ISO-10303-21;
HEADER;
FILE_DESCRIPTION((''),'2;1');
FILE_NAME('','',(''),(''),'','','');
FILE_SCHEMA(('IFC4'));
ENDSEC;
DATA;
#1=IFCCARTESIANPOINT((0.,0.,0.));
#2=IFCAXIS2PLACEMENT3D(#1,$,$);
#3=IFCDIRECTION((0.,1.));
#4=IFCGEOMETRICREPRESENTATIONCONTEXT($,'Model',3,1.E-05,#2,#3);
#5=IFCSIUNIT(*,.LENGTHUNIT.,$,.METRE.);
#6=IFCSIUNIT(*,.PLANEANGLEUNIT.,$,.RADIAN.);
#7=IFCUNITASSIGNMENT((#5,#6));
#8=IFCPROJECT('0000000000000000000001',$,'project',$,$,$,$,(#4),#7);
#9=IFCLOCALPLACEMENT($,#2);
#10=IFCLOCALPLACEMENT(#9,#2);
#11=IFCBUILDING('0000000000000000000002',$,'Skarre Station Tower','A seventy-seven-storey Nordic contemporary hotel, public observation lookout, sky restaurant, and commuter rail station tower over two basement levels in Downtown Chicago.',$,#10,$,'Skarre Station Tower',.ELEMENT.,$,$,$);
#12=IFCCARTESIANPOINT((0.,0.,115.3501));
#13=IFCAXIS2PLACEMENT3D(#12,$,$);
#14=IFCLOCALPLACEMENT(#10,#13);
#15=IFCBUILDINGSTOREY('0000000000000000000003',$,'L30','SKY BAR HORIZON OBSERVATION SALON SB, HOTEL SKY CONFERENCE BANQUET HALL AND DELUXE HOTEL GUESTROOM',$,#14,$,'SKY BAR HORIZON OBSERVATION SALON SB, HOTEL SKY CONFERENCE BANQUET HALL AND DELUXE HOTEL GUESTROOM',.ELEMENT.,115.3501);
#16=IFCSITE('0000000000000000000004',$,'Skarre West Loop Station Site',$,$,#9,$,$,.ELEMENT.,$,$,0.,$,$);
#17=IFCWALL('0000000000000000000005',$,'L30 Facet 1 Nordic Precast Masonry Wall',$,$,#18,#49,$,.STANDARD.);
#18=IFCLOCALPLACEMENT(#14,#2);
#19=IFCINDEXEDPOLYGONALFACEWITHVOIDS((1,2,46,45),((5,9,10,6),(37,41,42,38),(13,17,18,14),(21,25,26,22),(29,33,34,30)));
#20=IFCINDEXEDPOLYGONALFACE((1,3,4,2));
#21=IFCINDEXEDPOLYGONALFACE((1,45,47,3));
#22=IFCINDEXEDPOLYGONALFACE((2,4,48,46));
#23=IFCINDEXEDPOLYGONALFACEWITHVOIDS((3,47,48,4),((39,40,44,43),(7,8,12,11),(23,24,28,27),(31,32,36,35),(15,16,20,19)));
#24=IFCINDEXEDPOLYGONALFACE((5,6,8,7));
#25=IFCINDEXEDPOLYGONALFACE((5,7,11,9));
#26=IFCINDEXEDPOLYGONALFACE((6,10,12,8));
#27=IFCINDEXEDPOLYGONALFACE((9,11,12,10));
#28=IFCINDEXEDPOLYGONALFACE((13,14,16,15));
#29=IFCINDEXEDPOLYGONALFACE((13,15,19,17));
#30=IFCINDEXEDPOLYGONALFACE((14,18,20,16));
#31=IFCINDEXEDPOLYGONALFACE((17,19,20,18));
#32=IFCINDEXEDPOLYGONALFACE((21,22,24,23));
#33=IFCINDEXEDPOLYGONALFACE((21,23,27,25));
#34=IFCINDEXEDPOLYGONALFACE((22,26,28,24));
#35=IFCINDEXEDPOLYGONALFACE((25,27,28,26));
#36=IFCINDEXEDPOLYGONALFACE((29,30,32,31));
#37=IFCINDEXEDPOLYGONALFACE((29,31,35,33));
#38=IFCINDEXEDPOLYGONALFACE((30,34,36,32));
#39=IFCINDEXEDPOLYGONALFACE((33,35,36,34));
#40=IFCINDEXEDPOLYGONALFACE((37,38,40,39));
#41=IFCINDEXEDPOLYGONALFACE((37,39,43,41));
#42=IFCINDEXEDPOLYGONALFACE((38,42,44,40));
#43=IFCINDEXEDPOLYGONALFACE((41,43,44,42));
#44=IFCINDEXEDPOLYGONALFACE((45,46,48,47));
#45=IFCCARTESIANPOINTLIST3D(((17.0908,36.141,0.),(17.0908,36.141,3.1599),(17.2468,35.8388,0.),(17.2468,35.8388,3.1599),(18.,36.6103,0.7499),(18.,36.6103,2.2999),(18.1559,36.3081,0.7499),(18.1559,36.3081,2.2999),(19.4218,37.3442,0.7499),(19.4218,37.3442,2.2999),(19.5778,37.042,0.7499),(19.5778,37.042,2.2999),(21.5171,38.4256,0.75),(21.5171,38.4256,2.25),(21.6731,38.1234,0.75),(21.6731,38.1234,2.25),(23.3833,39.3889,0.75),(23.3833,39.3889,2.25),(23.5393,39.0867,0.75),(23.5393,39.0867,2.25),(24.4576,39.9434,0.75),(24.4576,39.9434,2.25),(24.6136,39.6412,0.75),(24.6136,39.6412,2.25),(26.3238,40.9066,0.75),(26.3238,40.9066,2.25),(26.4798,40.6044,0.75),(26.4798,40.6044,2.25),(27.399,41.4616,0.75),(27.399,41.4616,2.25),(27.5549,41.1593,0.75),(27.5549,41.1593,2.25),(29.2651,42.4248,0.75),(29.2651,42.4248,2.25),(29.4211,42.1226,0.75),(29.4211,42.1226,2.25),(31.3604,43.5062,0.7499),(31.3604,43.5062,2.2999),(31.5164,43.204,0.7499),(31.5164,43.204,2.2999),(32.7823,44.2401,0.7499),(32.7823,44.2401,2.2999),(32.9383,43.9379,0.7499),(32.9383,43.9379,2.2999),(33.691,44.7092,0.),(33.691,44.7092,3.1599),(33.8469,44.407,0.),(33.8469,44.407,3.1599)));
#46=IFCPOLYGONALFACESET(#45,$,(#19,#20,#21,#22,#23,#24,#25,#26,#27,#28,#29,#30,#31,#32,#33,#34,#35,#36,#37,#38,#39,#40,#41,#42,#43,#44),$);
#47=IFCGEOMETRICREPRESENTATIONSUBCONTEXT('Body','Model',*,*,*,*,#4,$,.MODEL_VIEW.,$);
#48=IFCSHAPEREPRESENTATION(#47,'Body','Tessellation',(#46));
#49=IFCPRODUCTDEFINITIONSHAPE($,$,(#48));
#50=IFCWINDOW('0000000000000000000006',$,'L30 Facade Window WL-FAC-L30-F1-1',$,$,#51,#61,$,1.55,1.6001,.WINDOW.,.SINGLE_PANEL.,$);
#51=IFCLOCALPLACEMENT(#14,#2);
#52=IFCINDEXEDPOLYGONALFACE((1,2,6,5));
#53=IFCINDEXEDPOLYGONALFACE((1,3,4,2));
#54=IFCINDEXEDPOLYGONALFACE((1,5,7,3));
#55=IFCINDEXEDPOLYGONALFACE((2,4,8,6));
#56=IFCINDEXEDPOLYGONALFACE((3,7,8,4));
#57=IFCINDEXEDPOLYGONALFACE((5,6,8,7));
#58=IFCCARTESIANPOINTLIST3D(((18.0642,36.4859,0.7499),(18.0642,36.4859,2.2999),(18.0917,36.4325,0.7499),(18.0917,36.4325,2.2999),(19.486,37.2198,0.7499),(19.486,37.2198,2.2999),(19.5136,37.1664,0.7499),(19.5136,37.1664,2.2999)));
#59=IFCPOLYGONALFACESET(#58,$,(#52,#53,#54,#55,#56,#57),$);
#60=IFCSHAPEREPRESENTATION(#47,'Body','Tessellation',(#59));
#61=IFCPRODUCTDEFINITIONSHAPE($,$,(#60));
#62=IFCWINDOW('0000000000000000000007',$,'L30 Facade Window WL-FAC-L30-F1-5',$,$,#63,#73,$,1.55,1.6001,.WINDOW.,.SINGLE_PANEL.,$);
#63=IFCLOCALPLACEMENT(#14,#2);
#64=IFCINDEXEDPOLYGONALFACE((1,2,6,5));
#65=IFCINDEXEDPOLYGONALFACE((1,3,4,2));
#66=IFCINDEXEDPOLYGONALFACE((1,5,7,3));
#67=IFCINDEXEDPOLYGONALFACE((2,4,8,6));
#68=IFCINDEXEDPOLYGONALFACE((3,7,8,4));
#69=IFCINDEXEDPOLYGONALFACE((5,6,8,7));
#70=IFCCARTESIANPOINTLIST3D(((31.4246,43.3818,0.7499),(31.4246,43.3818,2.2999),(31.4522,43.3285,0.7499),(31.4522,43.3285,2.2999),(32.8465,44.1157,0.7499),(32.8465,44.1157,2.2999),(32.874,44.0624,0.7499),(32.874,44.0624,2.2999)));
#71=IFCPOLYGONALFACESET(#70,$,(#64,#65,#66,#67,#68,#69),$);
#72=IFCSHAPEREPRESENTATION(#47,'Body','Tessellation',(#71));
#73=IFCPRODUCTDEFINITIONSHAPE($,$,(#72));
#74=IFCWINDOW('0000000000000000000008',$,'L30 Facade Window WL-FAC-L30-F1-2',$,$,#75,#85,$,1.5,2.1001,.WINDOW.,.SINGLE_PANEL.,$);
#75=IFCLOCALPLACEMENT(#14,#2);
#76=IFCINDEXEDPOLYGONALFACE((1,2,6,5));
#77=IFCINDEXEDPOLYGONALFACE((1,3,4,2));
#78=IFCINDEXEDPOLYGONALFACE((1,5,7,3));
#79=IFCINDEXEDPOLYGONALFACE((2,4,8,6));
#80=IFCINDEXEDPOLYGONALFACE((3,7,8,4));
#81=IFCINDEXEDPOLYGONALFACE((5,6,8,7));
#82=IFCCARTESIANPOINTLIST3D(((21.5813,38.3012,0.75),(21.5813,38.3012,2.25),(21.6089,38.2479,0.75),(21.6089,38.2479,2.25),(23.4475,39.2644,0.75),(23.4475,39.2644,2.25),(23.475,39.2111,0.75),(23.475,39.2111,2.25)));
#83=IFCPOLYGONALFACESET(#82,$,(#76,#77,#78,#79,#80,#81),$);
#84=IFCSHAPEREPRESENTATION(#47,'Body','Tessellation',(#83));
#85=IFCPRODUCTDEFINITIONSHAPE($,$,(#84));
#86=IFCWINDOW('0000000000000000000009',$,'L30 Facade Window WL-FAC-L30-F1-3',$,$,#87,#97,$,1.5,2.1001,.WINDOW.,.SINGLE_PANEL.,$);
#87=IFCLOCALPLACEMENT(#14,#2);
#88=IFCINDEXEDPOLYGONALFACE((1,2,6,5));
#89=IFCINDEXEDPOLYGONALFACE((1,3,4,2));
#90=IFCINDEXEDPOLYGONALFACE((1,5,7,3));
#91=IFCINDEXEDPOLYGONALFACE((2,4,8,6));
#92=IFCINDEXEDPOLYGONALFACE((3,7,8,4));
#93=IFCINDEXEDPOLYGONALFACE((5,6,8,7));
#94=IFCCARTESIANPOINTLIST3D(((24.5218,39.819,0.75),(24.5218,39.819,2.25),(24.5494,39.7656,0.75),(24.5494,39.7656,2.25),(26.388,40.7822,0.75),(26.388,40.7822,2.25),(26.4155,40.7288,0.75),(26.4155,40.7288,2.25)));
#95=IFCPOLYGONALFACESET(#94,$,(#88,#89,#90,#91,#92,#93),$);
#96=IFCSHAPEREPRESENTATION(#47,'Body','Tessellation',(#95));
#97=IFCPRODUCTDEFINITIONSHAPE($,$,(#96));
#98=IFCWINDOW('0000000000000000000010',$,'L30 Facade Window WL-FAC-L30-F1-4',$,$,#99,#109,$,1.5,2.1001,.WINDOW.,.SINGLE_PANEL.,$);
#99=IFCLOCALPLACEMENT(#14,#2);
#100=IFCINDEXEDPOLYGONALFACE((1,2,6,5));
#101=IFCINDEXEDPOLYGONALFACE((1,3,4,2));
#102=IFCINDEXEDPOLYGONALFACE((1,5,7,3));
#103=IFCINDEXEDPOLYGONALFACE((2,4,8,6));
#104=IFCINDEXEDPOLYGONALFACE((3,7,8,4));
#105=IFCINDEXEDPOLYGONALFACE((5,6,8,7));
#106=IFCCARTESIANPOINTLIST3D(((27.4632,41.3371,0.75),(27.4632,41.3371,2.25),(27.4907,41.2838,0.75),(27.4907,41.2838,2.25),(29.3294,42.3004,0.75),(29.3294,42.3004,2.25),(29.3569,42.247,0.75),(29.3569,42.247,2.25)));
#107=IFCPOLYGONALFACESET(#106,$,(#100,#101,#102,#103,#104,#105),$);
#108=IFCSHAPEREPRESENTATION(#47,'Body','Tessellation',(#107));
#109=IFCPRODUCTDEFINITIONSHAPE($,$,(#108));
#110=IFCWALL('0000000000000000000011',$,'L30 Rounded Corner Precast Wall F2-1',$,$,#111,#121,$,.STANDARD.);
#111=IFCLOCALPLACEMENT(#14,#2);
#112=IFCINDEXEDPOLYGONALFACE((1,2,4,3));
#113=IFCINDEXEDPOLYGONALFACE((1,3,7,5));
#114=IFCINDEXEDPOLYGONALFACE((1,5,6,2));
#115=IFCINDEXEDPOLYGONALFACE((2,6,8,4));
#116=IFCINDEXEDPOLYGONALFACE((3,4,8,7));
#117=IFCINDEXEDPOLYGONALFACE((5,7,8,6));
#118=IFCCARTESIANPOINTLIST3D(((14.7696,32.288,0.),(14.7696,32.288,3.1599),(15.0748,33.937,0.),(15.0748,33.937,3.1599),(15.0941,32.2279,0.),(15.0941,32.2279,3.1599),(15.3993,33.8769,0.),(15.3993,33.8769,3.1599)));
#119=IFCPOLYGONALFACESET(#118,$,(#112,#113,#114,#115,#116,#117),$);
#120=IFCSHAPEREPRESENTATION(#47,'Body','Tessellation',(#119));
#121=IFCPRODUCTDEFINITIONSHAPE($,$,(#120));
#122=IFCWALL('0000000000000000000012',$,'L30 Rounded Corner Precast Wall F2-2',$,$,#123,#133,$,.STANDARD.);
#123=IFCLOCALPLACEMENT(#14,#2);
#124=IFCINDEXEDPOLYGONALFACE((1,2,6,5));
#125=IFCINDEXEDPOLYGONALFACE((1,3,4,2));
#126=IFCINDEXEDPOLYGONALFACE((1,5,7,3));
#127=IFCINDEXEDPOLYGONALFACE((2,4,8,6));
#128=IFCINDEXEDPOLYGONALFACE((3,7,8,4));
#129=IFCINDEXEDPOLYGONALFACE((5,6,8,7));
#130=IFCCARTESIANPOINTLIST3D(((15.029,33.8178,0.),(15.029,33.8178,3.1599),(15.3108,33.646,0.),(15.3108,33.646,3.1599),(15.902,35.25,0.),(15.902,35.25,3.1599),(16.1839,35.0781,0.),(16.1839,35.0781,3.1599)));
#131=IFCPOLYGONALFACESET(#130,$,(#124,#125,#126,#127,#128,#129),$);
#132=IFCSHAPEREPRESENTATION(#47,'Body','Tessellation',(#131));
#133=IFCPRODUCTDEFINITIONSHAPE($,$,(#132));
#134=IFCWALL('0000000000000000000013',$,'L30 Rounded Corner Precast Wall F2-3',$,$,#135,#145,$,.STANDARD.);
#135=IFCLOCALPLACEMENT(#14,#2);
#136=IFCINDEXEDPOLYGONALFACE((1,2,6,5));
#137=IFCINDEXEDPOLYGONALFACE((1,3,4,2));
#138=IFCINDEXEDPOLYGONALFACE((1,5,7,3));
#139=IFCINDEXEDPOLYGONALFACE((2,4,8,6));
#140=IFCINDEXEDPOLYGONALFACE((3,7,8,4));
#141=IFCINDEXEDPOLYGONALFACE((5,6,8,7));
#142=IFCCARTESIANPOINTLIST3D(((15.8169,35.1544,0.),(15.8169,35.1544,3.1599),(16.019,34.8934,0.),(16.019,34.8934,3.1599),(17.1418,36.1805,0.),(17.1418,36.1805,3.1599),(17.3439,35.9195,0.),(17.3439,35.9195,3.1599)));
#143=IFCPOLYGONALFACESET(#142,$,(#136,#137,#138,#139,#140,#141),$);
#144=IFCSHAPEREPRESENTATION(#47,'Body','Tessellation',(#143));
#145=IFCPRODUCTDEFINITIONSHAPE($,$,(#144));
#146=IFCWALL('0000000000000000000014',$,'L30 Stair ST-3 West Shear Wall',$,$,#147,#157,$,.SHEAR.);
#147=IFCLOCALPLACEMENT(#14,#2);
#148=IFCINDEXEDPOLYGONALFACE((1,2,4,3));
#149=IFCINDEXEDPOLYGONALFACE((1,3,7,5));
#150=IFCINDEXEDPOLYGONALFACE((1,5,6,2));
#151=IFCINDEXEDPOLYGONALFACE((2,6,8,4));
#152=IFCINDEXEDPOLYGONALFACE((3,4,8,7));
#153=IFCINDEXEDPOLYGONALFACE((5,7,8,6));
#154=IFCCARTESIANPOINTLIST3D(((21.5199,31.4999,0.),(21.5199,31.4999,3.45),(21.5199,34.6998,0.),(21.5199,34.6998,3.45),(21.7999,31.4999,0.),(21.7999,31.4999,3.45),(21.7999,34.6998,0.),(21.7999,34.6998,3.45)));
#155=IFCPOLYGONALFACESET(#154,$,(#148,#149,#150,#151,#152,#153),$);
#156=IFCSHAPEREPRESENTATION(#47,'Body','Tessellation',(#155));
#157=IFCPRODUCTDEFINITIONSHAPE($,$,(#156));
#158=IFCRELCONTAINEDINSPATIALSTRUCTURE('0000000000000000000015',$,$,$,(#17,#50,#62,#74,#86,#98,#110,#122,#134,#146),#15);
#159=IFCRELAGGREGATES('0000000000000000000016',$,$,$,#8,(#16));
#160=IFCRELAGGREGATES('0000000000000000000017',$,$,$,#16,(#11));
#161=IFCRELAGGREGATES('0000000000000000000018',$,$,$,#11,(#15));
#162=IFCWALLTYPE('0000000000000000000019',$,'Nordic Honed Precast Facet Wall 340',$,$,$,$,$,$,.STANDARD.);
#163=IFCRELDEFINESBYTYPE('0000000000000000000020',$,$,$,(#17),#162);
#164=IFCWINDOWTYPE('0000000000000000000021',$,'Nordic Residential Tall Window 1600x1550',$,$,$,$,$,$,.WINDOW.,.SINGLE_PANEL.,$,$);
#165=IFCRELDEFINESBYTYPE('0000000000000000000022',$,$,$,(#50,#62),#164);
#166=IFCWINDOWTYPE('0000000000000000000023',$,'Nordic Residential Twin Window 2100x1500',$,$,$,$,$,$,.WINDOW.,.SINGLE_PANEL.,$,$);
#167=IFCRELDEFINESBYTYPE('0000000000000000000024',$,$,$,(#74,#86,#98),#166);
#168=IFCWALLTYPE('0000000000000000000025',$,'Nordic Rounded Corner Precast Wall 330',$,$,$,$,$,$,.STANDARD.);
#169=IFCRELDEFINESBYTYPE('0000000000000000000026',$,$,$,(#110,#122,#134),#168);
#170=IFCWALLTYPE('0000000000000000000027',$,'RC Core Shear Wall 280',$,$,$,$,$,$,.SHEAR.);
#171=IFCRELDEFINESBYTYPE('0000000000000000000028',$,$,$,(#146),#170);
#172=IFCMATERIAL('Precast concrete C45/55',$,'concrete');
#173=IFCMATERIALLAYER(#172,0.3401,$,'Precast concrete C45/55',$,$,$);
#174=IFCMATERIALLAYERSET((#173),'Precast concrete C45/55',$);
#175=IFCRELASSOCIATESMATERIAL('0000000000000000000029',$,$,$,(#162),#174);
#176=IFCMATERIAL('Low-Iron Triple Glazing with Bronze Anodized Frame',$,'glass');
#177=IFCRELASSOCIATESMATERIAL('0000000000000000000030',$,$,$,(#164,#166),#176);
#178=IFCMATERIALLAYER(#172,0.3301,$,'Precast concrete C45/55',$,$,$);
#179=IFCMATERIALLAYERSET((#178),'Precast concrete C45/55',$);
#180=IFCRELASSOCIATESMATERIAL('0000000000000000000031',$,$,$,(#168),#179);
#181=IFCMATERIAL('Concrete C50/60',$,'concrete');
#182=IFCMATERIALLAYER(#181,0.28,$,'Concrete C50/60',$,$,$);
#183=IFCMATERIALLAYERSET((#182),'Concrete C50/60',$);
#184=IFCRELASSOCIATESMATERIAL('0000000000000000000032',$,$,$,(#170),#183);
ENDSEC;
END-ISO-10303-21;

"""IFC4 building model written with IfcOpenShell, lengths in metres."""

from ifc_helpers import new_model, si_unit, direction, frame, frame_2d, origin, place, context, subcontext, project, spatial, rectangle, extrude, material, layer, layer_set, type_object, element, fill, save


model = new_model("IFC4")

# Units and contexts
model_context = context("Model", 3, precision=1e-05, world=origin(), true_north=direction((0.0, 1.0)))
body_context = subcontext(model_context, "Body", "Model", "MODEL_VIEW")
ifc_project = project(units=[si_unit("LENGTHUNIT", "METRE"), si_unit("PLANEANGLEUNIT", "RADIAN")], contexts=[model_context])

# Site, building, storey
site_placement = place(None, origin())
site = spatial("IfcSite", under=ifc_project, at=site_placement, Name="Skarre West Loop Station Site", CompositionType="ELEMENT", RefElevation=0.0)
building_placement = place(site_placement, origin())
building = spatial("IfcBuilding", under=site, at=building_placement, Name="Skarre Station Tower", Description="A seventy-seven-storey Nordic contemporary hotel, public observation lookout, sky restaurant, and commuter rail station tower over two basement levels in Downtown Chicago.", LongName="Skarre Station Tower", CompositionType="ELEMENT")
storey_placement = place(building_placement, frame((0.0, 0.0, 115.3501)))
storey = spatial("IfcBuildingStorey", under=building, at=storey_placement, Name="L30", Description="SKY BAR HORIZON OBSERVATION SALON SB, HOTEL SKY CONFERENCE BANQUET HALL AND DELUXE HOTEL GUESTROOM", LongName="SKY BAR HORIZON OBSERVATION SALON SB, HOTEL SKY CONFERENCE BANQUET HALL AND DELUXE HOTEL GUESTROOM", CompositionType="ELEMENT", Elevation=115.3501)

# Wall, openings, windows
ifc_material_1 = material(Name="Precast concrete C45/55", Category="concrete")
ifc_layer_1 = layer(ifc_material_1, 0.3401, Name="Precast concrete C45/55")
ifc_layer_set_1 = layer_set([ifc_layer_1], Name="Precast concrete C45/55")
wall_type_1 = type_object("IfcWallType", Name="Nordic Honed Precast Facet Wall 340", PredefinedType="STANDARD", material=ifc_layer_set_1)
wall_1_placement = place(storey_placement, frame((17.1689, 35.99, 0.0), z_axis=(0.0, 0.0, 1.0), x_axis=(0.888614, 0.458657, 0.0)))
wall_1 = element("IfcWall", 1, at=wall_1_placement, inside=storey, type_object=wall_type_1, Name="L30 Facet 1 Nordic Precast Masonry Wall", PredefinedType="STANDARD", context=body_context, shape_type="SweptSolid", body=[
    extrude(rectangle(XDim=18.6809, YDim=0.3401, at=frame_2d((9.3403, 0.0))), origin(), (0.0, 0.0, 1.0), 3.1599),
])
opening_1_placement = place(wall_1_placement, frame((1.0229, 0.0, 0.75)))
opening_1 = element("IfcOpeningElement", 2, at=opening_1_placement, cuts=wall_1, PredefinedType="OPENING", context=body_context, shape_type="SweptSolid", body=[
    extrude(rectangle(XDim=1.6001, YDim=1.55, at=frame_2d((0.8, 0.7749))), frame((0.0, 0.1799, 0.0), z_axis=(0.0, -1.0, 0.0), x_axis=(1.0, 0.0, 0.0)), (0.0, 0.0, 1.0), 0.3601),
])
opening_2_placement = place(wall_1_placement, frame((4.981, 0.0, 0.75)))
opening_2 = element("IfcOpeningElement", 3, at=opening_2_placement, cuts=wall_1, PredefinedType="OPENING", context=body_context, shape_type="SweptSolid", body=[
    extrude(rectangle(XDim=2.1001, YDim=1.5, at=frame_2d((1.05, 0.75))), frame((0.0, 0.1799, 0.0), z_axis=(0.0, -1.0, 0.0), x_axis=(1.0, 0.0, 0.0)), (0.0, 0.0, 1.0), 0.3601),
])
opening_3_placement = place(wall_1_placement, frame((8.29, 0.0, 0.75)))
opening_3 = element("IfcOpeningElement", 4, at=opening_3_placement, cuts=wall_1, PredefinedType="OPENING", context=body_context, shape_type="SweptSolid", body=[
    extrude(rectangle(XDim=2.1001, YDim=1.5, at=frame_2d((1.05, 0.75))), frame((0.0, 0.1799, 0.0), z_axis=(0.0, -1.0, 0.0), x_axis=(1.0, 0.0, 0.0)), (0.0, 0.0, 1.0), 0.3601),
])
opening_4_placement = place(wall_1_placement, frame((11.6001, 0.0, 0.75)))
opening_4 = element("IfcOpeningElement", 5, at=opening_4_placement, cuts=wall_1, PredefinedType="OPENING", context=body_context, shape_type="SweptSolid", body=[
    extrude(rectangle(XDim=2.1001, YDim=1.5, at=frame_2d((1.05, 0.75))), frame((0.0, 0.1799, 0.0), z_axis=(0.0, -1.0, 0.0), x_axis=(1.0, 0.0, 0.0)), (0.0, 0.0, 1.0), 0.3601),
])
opening_5_placement = place(wall_1_placement, frame((16.0581, 0.0, 0.75)))
opening_5 = element("IfcOpeningElement", 6, at=opening_5_placement, cuts=wall_1, PredefinedType="OPENING", context=body_context, shape_type="SweptSolid", body=[
    extrude(rectangle(XDim=1.6001, YDim=1.55, at=frame_2d((0.8, 0.7749))), frame((0.0, 0.1799, 0.0), z_axis=(0.0, -1.0, 0.0), x_axis=(1.0, 0.0, 0.0)), (0.0, 0.0, 1.0), 0.3601),
])
ifc_material_2 = material(Name="Low-Iron Triple Glazing with Bronze Anodized Frame", Category="glass")
window_type_1 = type_object("IfcWindowType", Name="Nordic Residential Tall Window 1600x1550", PartitioningType="SINGLE_PANEL", PredefinedType="WINDOW", material=ifc_material_2)
window_1_placement = place(opening_1_placement, origin())
window_1 = element("IfcWindow", 7, at=window_1_placement, inside=storey, type_object=window_type_1, Name="L30 Facade Window WL-FAC-L30-F1-1", OverallHeight=1.55, OverallWidth=1.6001, PartitioningType="SINGLE_PANEL", PredefinedType="WINDOW", context=body_context, shape_type="SweptSolid", body=[
    extrude(rectangle(XDim=1.6001, YDim=1.55, at=frame_2d((0.8, 0.7749))), frame((0.0, 0.03, 0.0), z_axis=(0.0, -1.0, 0.0), x_axis=(1.0, 0.0, 0.0)), (0.0, 0.0, 1.0), 0.0601),
])
fill(opening_1, window_1)
window_2_placement = place(opening_5_placement, origin())
window_2 = element("IfcWindow", 8, at=window_2_placement, inside=storey, type_object=window_type_1, Name="L30 Facade Window WL-FAC-L30-F1-5", OverallHeight=1.55, OverallWidth=1.6001, PartitioningType="SINGLE_PANEL", PredefinedType="WINDOW", context=body_context, shape_type="SweptSolid", body=[
    extrude(rectangle(XDim=1.6001, YDim=1.55, at=frame_2d((0.8, 0.7749))), frame((0.0, 0.03, 0.0), z_axis=(0.0, -1.0, 0.0), x_axis=(1.0, 0.0, 0.0)), (0.0, 0.0, 1.0), 0.0601),
])
fill(opening_5, window_2)
window_type_2 = type_object("IfcWindowType", Name="Nordic Residential Twin Window 2100x1500", PartitioningType="SINGLE_PANEL", PredefinedType="WINDOW", material=ifc_material_2)
window_3_placement = place(opening_2_placement, origin())
window_3 = element("IfcWindow", 9, at=window_3_placement, inside=storey, type_object=window_type_2, Name="L30 Facade Window WL-FAC-L30-F1-2", OverallHeight=1.5, OverallWidth=2.1001, PartitioningType="SINGLE_PANEL", PredefinedType="WINDOW", context=body_context, shape_type="SweptSolid", body=[
    extrude(rectangle(XDim=2.1001, YDim=1.5, at=frame_2d((1.05, 0.75))), frame((0.0, 0.03, 0.0), z_axis=(0.0, -1.0, 0.0), x_axis=(1.0, 0.0, 0.0)), (0.0, 0.0, 1.0), 0.0601),
])
fill(opening_2, window_3)
window_4_placement = place(opening_3_placement, origin())
window_4 = element("IfcWindow", 10, at=window_4_placement, inside=storey, type_object=window_type_2, Name="L30 Facade Window WL-FAC-L30-F1-3", OverallHeight=1.5, OverallWidth=2.1001, PartitioningType="SINGLE_PANEL", PredefinedType="WINDOW", context=body_context, shape_type="SweptSolid", body=[
    extrude(rectangle(XDim=2.1001, YDim=1.5, at=frame_2d((1.05, 0.75))), frame((0.0, 0.03, 0.0), z_axis=(0.0, -1.0, 0.0), x_axis=(1.0, 0.0, 0.0)), (0.0, 0.0, 1.0), 0.0601),
])
fill(opening_3, window_4)
window_5_placement = place(opening_4_placement, origin())
window_5 = element("IfcWindow", 11, at=window_5_placement, inside=storey, type_object=window_type_2, Name="L30 Facade Window WL-FAC-L30-F1-4", OverallHeight=1.5, OverallWidth=2.1001, PartitioningType="SINGLE_PANEL", PredefinedType="WINDOW", context=body_context, shape_type="SweptSolid", body=[
    extrude(rectangle(XDim=2.1001, YDim=1.5, at=frame_2d((1.05, 0.75))), frame((0.0, 0.03, 0.0), z_axis=(0.0, -1.0, 0.0), x_axis=(1.0, 0.0, 0.0)), (0.0, 0.0, 1.0), 0.0601),
])
fill(opening_4, window_5)

# Walls
ifc_layer_2 = layer(ifc_material_1, 0.3301, Name="Precast concrete C45/55")
ifc_layer_set_2 = layer_set([ifc_layer_2], Name="Precast concrete C45/55")
wall_type_2 = type_object("IfcWallType", Name="Nordic Rounded Corner Precast Wall 330", PredefinedType="STANDARD", material=ifc_layer_set_2)
wall_2_placement = place(storey_placement, frame((14.9319, 32.2581, 0.0), z_axis=(0.0, 0.0, 1.0), x_axis=(0.181985, 0.983301, 0.0)))
element("IfcWall", 12, at=wall_2_placement, inside=storey, type_object=wall_type_2, Name="L30 Rounded Corner Precast Wall F2-1", PredefinedType="STANDARD", context=body_context, shape_type="SweptSolid", body=[
    extrude(rectangle(XDim=1.677, YDim=0.3301, at=frame_2d((0.8384, 0.0))), origin(), (0.0, 0.0, 1.0), 3.1599),
])
wall_3_placement = place(storey_placement, frame((15.1699, 33.7319, 0.0), z_axis=(0.0, 0.0, 1.0), x_axis=(0.520519, 0.85385, 0.0)))
element("IfcWall", 13, at=wall_3_placement, inside=storey, type_object=wall_type_2, Name="L30 Rounded Corner Precast Wall F2-2", PredefinedType="STANDARD", context=body_context, shape_type="SweptSolid", body=[
    extrude(rectangle(XDim=1.6772, YDim=0.3301, at=frame_2d((0.8386, 0.0))), origin(), (0.0, 0.0, 1.0), 3.1599),
])
wall_4_placement = place(storey_placement, frame((15.918, 35.0239, 0.0), z_axis=(0.0, 0.0, 1.0), x_axis=(0.790621, 0.612305, 0.0)))
element("IfcWall", 14, at=wall_4_placement, inside=storey, type_object=wall_type_2, Name="L30 Rounded Corner Precast Wall F2-3", PredefinedType="STANDARD", context=body_context, shape_type="SweptSolid", body=[
    extrude(rectangle(XDim=1.6758, YDim=0.3301, at=frame_2d((0.8379, 0.0))), origin(), (0.0, 0.0, 1.0), 3.1599),
])
ifc_material_3 = material(Name="Concrete C50/60", Category="concrete")
ifc_layer_3 = layer(ifc_material_3, 0.28, Name="Concrete C50/60")
ifc_layer_set_3 = layer_set([ifc_layer_3], Name="Concrete C50/60")
wall_type_3 = type_object("IfcWallType", Name="RC Core Shear Wall 280", PredefinedType="SHEAR", material=ifc_layer_set_3)
wall_5_placement = place(storey_placement, frame((21.6599, 34.7, 0.0), z_axis=(0.0, 0.0, 1.0), x_axis=(0.0, -1.0, 0.0)))
element("IfcWall", 15, at=wall_5_placement, inside=storey, type_object=wall_type_3, Name="L30 Stair ST-3 West Shear Wall", PredefinedType="SHEAR", context=body_context, shape_type="SweptSolid", body=[
    extrude(rectangle(XDim=3.2, YDim=0.28, at=frame_2d((1.6001, 0.0))), origin(), (0.0, 0.0, 1.0), 3.45),
])

save(model, "model.ifc")
